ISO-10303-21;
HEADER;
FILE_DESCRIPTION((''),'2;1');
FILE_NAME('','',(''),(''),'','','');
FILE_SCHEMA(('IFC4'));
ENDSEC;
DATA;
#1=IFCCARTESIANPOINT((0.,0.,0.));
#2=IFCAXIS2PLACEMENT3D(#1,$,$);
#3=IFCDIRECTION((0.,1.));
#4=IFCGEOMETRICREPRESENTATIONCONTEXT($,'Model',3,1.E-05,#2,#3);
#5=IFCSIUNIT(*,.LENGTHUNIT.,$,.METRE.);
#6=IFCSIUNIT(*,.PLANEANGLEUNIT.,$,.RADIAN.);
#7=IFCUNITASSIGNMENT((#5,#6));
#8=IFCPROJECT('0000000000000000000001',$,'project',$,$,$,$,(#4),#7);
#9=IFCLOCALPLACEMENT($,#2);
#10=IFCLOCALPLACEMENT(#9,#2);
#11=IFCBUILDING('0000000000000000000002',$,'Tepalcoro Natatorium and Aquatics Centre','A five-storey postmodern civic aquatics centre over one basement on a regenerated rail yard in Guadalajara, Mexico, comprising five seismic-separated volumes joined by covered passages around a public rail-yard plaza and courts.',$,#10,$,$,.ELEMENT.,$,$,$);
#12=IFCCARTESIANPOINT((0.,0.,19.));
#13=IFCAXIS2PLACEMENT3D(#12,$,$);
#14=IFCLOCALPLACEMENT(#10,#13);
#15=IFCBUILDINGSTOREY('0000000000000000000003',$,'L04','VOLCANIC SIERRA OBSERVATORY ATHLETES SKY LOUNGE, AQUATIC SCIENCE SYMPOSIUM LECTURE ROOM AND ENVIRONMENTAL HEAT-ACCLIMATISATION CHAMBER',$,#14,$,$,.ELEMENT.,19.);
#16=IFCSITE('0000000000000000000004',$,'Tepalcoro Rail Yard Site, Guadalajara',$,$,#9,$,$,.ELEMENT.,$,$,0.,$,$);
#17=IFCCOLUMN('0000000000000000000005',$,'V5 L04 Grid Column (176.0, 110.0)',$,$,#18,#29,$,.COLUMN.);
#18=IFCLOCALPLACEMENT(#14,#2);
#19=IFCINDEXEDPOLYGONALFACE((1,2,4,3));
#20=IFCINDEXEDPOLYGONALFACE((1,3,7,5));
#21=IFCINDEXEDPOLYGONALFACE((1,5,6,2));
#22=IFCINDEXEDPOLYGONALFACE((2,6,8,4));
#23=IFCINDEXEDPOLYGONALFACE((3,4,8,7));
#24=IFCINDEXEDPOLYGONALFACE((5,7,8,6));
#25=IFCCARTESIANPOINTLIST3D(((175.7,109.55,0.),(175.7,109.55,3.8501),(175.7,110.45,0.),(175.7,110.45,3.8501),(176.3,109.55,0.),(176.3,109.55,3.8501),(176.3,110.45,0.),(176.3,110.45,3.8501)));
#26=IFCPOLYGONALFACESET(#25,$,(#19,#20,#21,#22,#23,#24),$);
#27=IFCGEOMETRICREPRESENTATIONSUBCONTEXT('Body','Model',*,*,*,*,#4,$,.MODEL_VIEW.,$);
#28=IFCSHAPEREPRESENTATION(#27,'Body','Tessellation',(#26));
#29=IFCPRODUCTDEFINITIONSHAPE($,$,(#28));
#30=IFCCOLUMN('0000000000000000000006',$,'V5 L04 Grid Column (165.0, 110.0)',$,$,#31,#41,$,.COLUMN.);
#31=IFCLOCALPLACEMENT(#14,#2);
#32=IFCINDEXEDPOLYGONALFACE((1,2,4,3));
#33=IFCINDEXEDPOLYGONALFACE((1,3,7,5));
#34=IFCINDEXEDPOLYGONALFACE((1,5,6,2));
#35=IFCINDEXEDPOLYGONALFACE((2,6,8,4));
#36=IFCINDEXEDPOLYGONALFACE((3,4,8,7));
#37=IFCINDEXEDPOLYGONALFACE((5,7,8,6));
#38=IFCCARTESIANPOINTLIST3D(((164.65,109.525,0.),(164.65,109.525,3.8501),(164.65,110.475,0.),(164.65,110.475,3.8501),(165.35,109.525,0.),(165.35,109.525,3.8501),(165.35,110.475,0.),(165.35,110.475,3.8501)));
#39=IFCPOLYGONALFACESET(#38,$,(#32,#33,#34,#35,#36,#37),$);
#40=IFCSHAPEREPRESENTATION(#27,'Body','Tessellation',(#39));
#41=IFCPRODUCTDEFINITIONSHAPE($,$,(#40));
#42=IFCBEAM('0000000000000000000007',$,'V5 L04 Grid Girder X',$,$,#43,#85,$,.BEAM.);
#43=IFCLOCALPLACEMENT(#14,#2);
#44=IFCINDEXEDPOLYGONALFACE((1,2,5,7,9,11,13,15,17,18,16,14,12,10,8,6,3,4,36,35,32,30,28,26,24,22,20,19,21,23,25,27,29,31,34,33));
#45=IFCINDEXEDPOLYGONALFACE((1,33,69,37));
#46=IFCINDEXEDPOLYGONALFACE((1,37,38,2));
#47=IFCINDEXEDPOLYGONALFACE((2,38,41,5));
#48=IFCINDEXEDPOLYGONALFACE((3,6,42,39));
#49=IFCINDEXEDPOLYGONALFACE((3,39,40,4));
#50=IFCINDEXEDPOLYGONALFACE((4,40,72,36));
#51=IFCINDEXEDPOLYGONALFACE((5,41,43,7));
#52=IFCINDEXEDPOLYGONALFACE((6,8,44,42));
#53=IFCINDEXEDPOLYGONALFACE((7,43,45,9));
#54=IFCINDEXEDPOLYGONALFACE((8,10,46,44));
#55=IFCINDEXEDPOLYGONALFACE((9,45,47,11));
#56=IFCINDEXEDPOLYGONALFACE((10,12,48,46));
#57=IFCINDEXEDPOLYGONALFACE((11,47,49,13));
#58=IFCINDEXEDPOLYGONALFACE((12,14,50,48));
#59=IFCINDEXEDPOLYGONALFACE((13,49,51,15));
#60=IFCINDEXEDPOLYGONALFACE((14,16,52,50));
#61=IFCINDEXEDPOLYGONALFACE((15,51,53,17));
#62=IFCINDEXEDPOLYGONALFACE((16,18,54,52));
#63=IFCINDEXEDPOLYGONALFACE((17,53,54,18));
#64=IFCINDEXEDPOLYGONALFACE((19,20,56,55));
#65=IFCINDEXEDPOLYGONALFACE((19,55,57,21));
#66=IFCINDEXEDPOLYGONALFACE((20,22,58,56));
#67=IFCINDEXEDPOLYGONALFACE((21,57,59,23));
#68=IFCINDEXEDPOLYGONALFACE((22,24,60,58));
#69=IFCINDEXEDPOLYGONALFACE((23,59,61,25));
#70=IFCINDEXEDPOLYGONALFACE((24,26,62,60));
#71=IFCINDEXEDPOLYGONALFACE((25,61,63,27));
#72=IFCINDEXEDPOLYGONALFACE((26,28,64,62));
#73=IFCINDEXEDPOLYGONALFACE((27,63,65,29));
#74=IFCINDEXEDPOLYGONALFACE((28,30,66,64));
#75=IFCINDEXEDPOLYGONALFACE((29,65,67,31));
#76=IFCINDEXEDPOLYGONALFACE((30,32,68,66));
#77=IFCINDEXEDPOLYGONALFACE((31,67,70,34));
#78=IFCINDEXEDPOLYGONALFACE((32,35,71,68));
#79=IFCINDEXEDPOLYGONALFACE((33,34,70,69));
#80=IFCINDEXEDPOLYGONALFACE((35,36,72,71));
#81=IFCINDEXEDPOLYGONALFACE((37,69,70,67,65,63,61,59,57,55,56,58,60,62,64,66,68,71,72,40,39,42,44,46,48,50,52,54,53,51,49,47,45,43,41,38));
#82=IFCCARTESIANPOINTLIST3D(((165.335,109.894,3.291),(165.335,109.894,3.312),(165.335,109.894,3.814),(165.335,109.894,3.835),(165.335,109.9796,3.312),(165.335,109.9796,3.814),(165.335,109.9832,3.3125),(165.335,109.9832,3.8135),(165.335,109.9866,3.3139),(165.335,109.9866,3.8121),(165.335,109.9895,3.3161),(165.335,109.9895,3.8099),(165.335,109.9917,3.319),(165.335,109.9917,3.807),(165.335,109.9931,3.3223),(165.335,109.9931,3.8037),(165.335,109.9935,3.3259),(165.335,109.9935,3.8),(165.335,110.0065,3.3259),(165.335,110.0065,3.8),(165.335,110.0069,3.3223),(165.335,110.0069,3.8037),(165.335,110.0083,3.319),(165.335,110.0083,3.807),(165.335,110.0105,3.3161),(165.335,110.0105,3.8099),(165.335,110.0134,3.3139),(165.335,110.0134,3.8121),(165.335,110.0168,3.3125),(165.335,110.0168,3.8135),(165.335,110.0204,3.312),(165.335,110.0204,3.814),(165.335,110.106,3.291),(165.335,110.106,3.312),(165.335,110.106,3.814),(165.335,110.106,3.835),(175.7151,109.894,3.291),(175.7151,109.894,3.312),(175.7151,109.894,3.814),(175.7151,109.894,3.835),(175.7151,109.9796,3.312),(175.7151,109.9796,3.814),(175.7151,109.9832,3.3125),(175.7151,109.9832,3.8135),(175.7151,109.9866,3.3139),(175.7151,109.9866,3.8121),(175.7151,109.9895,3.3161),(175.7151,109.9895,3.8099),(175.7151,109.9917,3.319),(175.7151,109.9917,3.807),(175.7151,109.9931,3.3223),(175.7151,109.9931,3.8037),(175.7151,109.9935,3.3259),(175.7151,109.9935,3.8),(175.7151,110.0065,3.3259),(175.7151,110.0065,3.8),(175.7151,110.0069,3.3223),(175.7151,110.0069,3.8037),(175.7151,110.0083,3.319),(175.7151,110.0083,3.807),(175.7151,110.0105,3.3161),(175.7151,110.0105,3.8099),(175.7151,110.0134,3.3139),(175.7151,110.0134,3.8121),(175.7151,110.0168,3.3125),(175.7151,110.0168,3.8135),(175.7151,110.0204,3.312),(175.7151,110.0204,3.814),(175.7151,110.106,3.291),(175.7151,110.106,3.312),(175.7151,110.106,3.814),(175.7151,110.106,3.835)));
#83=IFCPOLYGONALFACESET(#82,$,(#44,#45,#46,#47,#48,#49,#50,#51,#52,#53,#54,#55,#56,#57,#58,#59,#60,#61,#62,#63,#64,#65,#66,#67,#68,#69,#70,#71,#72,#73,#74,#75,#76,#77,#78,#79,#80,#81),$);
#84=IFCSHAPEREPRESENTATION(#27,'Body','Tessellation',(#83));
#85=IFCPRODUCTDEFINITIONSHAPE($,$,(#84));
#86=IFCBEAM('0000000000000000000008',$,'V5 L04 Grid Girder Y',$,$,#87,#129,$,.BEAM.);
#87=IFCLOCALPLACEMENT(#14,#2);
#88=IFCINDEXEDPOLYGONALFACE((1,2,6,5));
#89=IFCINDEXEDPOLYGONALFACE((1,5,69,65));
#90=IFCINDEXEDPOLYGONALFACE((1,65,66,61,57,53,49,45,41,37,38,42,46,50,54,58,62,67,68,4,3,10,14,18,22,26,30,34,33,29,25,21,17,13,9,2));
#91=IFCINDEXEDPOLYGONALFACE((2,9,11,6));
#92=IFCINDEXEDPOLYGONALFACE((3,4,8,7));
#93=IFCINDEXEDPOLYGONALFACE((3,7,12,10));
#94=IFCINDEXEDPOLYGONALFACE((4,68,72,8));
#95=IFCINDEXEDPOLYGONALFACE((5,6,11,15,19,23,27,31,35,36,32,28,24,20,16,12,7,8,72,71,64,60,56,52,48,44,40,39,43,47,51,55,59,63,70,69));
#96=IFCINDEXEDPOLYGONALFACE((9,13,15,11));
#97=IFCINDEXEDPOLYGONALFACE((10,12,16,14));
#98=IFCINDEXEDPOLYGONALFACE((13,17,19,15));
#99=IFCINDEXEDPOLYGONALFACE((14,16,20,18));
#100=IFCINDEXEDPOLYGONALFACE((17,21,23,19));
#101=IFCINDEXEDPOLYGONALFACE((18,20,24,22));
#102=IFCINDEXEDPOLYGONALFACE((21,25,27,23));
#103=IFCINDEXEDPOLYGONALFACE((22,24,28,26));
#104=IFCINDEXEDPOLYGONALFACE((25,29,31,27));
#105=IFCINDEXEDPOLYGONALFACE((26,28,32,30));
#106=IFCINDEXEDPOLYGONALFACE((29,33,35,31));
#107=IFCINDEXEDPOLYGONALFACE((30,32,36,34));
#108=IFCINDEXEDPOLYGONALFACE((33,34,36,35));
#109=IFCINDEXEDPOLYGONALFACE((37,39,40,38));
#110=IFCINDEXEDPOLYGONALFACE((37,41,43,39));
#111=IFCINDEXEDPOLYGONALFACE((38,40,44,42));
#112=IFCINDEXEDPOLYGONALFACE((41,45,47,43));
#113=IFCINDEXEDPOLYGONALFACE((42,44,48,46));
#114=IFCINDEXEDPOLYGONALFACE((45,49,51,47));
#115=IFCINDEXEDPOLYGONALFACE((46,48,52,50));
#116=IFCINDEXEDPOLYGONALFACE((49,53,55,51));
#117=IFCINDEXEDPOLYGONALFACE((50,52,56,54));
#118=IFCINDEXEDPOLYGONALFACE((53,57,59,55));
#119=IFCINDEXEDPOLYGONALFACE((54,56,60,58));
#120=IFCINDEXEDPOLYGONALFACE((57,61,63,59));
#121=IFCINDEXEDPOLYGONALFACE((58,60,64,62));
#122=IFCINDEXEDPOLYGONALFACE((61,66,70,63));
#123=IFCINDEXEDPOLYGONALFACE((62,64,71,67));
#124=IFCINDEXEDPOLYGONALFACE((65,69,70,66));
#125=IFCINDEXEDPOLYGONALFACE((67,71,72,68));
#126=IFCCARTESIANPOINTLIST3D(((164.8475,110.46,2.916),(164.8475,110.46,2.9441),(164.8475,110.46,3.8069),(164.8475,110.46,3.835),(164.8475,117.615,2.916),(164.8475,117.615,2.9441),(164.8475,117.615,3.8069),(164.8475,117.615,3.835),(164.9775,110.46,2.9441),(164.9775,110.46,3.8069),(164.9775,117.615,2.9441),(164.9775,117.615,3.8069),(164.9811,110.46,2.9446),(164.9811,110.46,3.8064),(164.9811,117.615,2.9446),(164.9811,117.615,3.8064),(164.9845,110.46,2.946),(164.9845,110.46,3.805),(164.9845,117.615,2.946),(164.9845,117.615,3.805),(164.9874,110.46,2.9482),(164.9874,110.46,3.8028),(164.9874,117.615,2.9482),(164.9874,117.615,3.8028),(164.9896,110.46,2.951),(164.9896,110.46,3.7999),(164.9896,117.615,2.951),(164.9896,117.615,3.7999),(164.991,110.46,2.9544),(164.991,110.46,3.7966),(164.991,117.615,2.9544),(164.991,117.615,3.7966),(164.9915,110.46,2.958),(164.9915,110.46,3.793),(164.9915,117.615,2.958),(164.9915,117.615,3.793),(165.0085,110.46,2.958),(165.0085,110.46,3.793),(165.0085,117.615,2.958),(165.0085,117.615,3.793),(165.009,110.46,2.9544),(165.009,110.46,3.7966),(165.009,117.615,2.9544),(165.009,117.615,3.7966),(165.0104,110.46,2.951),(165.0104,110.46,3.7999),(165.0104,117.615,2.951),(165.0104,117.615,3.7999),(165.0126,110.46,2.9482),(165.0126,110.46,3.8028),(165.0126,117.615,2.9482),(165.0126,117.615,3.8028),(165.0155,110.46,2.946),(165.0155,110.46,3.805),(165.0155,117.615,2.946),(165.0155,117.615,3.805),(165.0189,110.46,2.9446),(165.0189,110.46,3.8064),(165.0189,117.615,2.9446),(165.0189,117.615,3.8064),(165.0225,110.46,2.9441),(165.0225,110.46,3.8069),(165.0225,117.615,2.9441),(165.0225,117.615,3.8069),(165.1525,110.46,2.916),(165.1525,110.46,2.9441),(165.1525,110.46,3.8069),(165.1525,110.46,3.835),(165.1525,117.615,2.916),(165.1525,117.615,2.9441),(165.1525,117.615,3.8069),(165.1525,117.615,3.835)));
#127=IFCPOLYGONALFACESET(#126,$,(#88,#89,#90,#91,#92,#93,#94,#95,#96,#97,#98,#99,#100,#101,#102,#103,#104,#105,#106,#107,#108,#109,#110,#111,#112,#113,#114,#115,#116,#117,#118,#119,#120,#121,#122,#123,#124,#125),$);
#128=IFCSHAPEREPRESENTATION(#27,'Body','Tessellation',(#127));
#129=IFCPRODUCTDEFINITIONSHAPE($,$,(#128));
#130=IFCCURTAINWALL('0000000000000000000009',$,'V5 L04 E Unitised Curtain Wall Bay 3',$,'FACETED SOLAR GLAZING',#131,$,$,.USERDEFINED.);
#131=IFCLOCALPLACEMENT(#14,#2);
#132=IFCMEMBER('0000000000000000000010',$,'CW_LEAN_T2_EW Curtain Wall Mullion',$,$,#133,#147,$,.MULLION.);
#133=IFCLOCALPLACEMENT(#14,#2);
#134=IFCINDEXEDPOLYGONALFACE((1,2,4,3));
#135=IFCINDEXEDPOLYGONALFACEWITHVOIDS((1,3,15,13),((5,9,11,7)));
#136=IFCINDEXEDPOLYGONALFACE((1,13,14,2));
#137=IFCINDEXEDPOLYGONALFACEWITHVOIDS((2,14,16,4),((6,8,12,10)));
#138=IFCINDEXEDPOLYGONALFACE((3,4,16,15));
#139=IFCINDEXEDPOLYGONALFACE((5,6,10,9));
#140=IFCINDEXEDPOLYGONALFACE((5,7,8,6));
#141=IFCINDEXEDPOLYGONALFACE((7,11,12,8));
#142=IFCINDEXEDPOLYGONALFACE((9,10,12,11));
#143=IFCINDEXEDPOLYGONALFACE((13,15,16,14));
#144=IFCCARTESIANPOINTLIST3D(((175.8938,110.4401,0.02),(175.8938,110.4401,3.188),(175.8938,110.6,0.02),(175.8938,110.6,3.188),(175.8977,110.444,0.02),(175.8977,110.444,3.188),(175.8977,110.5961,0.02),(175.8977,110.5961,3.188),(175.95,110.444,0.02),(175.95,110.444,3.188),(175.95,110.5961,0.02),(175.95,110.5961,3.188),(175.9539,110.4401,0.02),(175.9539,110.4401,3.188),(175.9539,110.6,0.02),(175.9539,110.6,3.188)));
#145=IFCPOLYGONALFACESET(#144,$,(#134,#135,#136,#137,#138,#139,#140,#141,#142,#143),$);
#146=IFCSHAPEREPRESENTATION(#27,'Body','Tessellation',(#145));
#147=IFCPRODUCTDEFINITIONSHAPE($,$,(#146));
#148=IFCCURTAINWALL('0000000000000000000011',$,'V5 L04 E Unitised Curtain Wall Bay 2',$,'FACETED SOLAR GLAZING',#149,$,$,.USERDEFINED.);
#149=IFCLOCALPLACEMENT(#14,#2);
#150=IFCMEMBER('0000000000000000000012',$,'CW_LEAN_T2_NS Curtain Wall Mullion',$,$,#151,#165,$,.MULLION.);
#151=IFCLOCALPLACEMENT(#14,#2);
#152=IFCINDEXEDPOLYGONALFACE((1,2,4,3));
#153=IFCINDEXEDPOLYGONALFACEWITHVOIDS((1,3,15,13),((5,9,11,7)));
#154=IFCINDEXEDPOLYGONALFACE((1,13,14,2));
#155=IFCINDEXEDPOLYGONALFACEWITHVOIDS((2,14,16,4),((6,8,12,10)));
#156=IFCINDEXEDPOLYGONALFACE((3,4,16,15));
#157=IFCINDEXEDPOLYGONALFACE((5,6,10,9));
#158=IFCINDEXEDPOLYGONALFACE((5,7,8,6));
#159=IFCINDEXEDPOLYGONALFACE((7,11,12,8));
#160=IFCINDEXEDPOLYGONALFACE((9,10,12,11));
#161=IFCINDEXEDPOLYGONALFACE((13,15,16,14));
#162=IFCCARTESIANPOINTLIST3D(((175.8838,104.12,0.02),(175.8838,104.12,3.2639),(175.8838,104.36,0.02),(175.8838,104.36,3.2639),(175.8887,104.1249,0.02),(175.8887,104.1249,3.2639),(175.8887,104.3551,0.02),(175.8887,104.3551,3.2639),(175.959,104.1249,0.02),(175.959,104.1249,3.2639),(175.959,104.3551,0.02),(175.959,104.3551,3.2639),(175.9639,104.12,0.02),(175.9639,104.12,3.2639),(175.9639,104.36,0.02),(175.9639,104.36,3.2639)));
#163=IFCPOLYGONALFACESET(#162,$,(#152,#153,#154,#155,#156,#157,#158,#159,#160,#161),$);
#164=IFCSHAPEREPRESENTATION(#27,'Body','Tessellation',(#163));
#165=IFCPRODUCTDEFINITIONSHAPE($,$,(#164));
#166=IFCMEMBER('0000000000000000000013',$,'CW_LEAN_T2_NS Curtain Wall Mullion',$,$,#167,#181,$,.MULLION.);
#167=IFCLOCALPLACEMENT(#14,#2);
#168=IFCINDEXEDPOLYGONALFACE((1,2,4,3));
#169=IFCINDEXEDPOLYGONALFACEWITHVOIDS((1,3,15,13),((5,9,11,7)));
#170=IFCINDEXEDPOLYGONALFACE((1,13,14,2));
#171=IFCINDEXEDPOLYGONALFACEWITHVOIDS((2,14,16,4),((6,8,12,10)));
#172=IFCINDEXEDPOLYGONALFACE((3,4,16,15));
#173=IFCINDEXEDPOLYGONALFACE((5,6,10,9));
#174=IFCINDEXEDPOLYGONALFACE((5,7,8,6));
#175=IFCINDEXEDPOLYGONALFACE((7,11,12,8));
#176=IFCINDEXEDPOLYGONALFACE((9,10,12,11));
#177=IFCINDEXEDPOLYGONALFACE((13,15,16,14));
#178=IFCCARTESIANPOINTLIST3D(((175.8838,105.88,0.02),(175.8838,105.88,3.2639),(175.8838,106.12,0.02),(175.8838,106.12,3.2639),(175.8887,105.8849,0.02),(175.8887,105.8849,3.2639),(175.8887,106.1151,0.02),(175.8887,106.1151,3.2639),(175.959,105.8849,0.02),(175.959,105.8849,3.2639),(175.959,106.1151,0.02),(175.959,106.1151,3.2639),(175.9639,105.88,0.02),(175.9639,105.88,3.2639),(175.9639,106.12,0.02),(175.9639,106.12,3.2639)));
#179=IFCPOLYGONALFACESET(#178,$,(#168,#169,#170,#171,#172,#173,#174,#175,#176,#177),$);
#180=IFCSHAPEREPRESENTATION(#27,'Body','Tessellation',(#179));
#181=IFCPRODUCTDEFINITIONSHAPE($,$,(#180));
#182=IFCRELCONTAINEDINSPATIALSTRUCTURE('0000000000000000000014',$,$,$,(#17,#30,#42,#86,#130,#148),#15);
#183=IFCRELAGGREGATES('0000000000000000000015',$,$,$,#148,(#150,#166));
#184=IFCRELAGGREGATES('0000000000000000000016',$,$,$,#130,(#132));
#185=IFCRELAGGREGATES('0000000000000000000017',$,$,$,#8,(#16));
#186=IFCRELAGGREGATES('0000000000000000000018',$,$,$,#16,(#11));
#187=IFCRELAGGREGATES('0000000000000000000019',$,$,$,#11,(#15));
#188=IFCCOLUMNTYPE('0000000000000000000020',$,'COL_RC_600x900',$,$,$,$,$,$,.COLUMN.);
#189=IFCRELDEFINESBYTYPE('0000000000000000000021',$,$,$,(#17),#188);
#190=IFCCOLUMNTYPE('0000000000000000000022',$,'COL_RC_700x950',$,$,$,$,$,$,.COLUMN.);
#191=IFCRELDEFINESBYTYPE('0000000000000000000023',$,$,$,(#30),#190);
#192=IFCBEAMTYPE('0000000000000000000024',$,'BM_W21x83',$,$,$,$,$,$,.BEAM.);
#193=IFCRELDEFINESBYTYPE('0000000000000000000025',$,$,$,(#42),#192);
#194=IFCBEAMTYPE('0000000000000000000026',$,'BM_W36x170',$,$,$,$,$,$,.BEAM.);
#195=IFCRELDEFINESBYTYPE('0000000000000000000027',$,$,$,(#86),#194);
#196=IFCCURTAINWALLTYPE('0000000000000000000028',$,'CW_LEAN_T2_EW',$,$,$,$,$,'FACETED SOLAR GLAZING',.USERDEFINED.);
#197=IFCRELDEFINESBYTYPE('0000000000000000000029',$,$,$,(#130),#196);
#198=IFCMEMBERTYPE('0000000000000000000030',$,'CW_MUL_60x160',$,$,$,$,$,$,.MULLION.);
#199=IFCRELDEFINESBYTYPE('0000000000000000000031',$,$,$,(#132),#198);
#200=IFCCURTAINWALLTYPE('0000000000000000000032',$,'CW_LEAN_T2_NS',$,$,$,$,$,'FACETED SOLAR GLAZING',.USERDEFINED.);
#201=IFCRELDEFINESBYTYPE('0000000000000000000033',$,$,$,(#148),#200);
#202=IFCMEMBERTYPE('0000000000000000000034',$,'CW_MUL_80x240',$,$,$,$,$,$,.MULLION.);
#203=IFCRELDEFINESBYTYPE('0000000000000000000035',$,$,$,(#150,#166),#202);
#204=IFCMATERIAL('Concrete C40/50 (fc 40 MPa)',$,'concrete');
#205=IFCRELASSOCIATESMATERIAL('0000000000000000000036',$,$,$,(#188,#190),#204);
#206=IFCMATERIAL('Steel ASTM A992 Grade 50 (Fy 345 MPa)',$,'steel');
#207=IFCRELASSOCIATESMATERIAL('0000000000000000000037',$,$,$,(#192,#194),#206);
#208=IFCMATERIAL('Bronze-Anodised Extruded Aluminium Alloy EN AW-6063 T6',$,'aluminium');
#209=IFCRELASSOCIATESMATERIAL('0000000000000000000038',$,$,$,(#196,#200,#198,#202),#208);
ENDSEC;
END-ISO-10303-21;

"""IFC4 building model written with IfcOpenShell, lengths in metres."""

from ifc_helpers import new_model, si_unit, direction, frame, origin, origin_2d, place, context, subcontext, project, spatial, rectangle, hollow_rectangle, i_section, extrude, material, material_profile, profile_set, type_object, element, aggregate, save


model = new_model("IFC4")

# Units and contexts
model_context = context("Model", 3, precision=1e-05, world=origin(), true_north=direction((0.0, 1.0)))
body_context = subcontext(model_context, "Body", "Model", "MODEL_VIEW")
ifc_project = project(units=[si_unit("LENGTHUNIT", "METRE"), si_unit("PLANEANGLEUNIT", "RADIAN")], contexts=[model_context])

# Site, building, storey
site_placement = place(None, origin())
site = spatial("IfcSite", under=ifc_project, at=site_placement, Name="Tepalcoro Rail Yard Site, Guadalajara", CompositionType="ELEMENT", RefElevation=0.0)
building_placement = place(site_placement, origin())
building = spatial("IfcBuilding", under=site, at=building_placement, Name="Tepalcoro Natatorium and Aquatics Centre", Description="A five-storey postmodern civic aquatics centre over one basement on a regenerated rail yard in Guadalajara, Mexico, comprising five seismic-separated volumes joined by covered passages around a public rail-yard plaza and courts.", CompositionType="ELEMENT")
storey_placement = place(building_placement, frame((0.0, 0.0, 19.0)))
storey = spatial("IfcBuildingStorey", under=building, at=storey_placement, Name="L04", Description="VOLCANIC SIERRA OBSERVATORY ATHLETES SKY LOUNGE, AQUATIC SCIENCE SYMPOSIUM LECTURE ROOM AND ENVIRONMENTAL HEAT-ACCLIMATISATION CHAMBER", CompositionType="ELEMENT", Elevation=19.0)

# Columns
ifc_material_1 = material(Name="Concrete C40/50 (fc 40 MPa)", Category="concrete")
ifc_material_profile_1 = material_profile(ifc_material_1, rectangle(XDim=0.6001, YDim=0.8999, at=origin_2d()), Name="RC600x900")
ifc_profile_set_1 = profile_set([ifc_material_profile_1], Name="Concrete C40/50 (fc 40 MPa)")
column_type_1 = type_object("IfcColumnType", Name="COL_RC_600x900", PredefinedType="COLUMN", material=ifc_profile_set_1)
column_1_placement = place(storey_placement, frame((176.0, 110.0, 0.0), z_axis=(0.0, 0.0, 1.0), x_axis=(1.0, 0.0, 0.0)))
element("IfcColumn", 1, at=column_1_placement, inside=storey, type_object=column_type_1, Name="V5 L04 Grid Column (176.0, 110.0)", PredefinedType="COLUMN", context=body_context, shape_type="SweptSolid", body=[
    extrude(rectangle(XDim=0.6001, YDim=0.8999, at=origin_2d()), origin(), (0.0, 0.0, 1.0), 3.8501),
])
ifc_material_profile_2 = material_profile(ifc_material_1, rectangle(XDim=0.7, YDim=0.95, at=origin_2d()), Name="RC700x950")
ifc_profile_set_2 = profile_set([ifc_material_profile_2], Name="Concrete C40/50 (fc 40 MPa)")
column_type_2 = type_object("IfcColumnType", Name="COL_RC_700x950", PredefinedType="COLUMN", material=ifc_profile_set_2)
column_2_placement = place(storey_placement, frame((165.0, 110.0, 0.0), z_axis=(0.0, 0.0, 1.0), x_axis=(1.0, 0.0, 0.0)))
element("IfcColumn", 2, at=column_2_placement, inside=storey, type_object=column_type_2, Name="V5 L04 Grid Column (165.0, 110.0)", PredefinedType="COLUMN", context=body_context, shape_type="SweptSolid", body=[
    extrude(rectangle(XDim=0.7, YDim=0.95, at=origin_2d()), origin(), (0.0, 0.0, 1.0), 3.8501),
])

# Beams
ifc_material_2 = material(Name="Steel ASTM A992 Grade 50 (Fy 345 MPa)", Category="steel")
ifc_material_profile_3 = material_profile(ifc_material_2, i_section(OverallWidth=0.2119, OverallDepth=0.5439, WebThickness=0.0129, FlangeThickness=0.021, FilletRadius=0.0139, at=origin_2d()), Name="W21X83")
ifc_profile_set_3 = profile_set([ifc_material_profile_3], Name="Steel ASTM A992 Grade 50 (Fy 345 MPa)")
beam_type_1 = type_object("IfcBeamType", Name="BM_W21x83", PredefinedType="BEAM", material=ifc_profile_set_3)
beam_1_placement = place(storey_placement, frame((165.335, 110.0, 3.563), z_axis=(1.0, 0.0, 0.0), x_axis=(0.0, 1.0, 0.0)))
element("IfcBeam", 3, at=beam_1_placement, inside=storey, type_object=beam_type_1, Name="V5 L04 Grid Girder X", PredefinedType="BEAM", context=body_context, shape_type="SweptSolid", body=[
    extrude(i_section(OverallWidth=0.2119, OverallDepth=0.5439, WebThickness=0.0129, FlangeThickness=0.021, FilletRadius=0.0139, at=origin_2d()), origin(), (0.0, 0.0, 1.0), 10.3801),
])
ifc_material_profile_4 = material_profile(ifc_material_2, i_section(OverallWidth=0.3049, OverallDepth=0.9189, WebThickness=0.0171, FlangeThickness=0.0281, FilletRadius=0.0139, at=origin_2d()), Name="W36X170")
ifc_profile_set_4 = profile_set([ifc_material_profile_4], Name="Steel ASTM A992 Grade 50 (Fy 345 MPa)")
beam_type_2 = type_object("IfcBeamType", Name="BM_W36x170", PredefinedType="BEAM", material=ifc_profile_set_4)
beam_2_placement = place(storey_placement, frame((165.0, 110.46, 3.3755), z_axis=(0.0, 1.0, 0.0), x_axis=(-1.0, 0.0, 0.0)))
element("IfcBeam", 4, at=beam_2_placement, inside=storey, type_object=beam_type_2, Name="V5 L04 Grid Girder Y", PredefinedType="BEAM", context=body_context, shape_type="SweptSolid", body=[
    extrude(i_section(OverallWidth=0.3049, OverallDepth=0.9189, WebThickness=0.0171, FlangeThickness=0.0281, FilletRadius=0.0139, at=origin_2d()), origin(), (0.0, 0.0, 1.0), 7.155),
])

# Curtain wall, member
ifc_material_3 = material(Name="Bronze-Anodised Extruded Aluminium Alloy EN AW-6063 T6", Category="aluminium")
curtain_wall_type_1 = type_object("IfcCurtainWallType", Name="CW_LEAN_T2_EW", ElementType="FACETED SOLAR GLAZING", PredefinedType="USERDEFINED", material=ifc_material_3)
curtain_wall_1_placement = place(storey_placement, origin())
curtain_wall_1 = element("IfcCurtainWall", 5, at=curtain_wall_1_placement, inside=storey, type_object=curtain_wall_type_1, Name="V5 L04 E Unitised Curtain Wall Bay 3", ObjectType="FACETED SOLAR GLAZING", PredefinedType="USERDEFINED")
ifc_material_profile_5 = material_profile(ifc_material_3, hollow_rectangle(XDim=0.0601, YDim=0.1599, WallThickness=0.0039, at=origin_2d()), Name="AL60X160X4")
ifc_profile_set_5 = profile_set([ifc_material_profile_5], Name="Bronze-Anodised Extruded Aluminium Alloy EN AW-6063 T6")
member_type_1 = type_object("IfcMemberType", Name="CW_MUL_60x160", PredefinedType="MULLION", material=ifc_profile_set_5)
member_1_placement = place(storey_placement, frame((175.9238, 110.52, 0.02), z_axis=(0.0, 0.0, 1.0), x_axis=(1.0, 0.0, 0.0)))
member_1 = element("IfcMember", 6, at=member_1_placement, type_object=member_type_1, Name="CW_LEAN_T2_EW Curtain Wall Mullion", PredefinedType="MULLION", context=body_context, shape_type="SweptSolid", body=[
    extrude(hollow_rectangle(XDim=0.0601, YDim=0.1599, WallThickness=0.0039, at=origin_2d()), origin(), (0.0, 0.0, 1.0), 3.168),
])

# Curtain wall, members
curtain_wall_type_2 = type_object("IfcCurtainWallType", Name="CW_LEAN_T2_NS", ElementType="FACETED SOLAR GLAZING", PredefinedType="USERDEFINED", material=ifc_material_3)
curtain_wall_2_placement = place(storey_placement, origin())
curtain_wall_2 = element("IfcCurtainWall", 7, at=curtain_wall_2_placement, inside=storey, type_object=curtain_wall_type_2, Name="V5 L04 E Unitised Curtain Wall Bay 2", ObjectType="FACETED SOLAR GLAZING", PredefinedType="USERDEFINED")
ifc_material_profile_6 = material_profile(ifc_material_3, hollow_rectangle(XDim=0.0801, YDim=0.24, WallThickness=0.0049, at=origin_2d()), Name="AL80X240X5")
ifc_profile_set_6 = profile_set([ifc_material_profile_6], Name="Bronze-Anodised Extruded Aluminium Alloy EN AW-6063 T6")
member_type_2 = type_object("IfcMemberType", Name="CW_MUL_80x240", PredefinedType="MULLION", material=ifc_profile_set_6)
member_2_placement = place(storey_placement, frame((175.9238, 104.24, 0.02), z_axis=(0.0, 0.0, 1.0), x_axis=(1.0, 0.0, 0.0)))
member_2 = element("IfcMember", 8, at=member_2_placement, type_object=member_type_2, Name="CW_LEAN_T2_NS Curtain Wall Mullion", PredefinedType="MULLION", context=body_context, shape_type="SweptSolid", body=[
    extrude(hollow_rectangle(XDim=0.0801, YDim=0.24, WallThickness=0.0049, at=origin_2d()), origin(), (0.0, 0.0, 1.0), 3.2439),
])
member_3_placement = place(storey_placement, frame((175.9238, 106.0, 0.02), z_axis=(0.0, 0.0, 1.0), x_axis=(1.0, 0.0, 0.0)))
member_3 = element("IfcMember", 9, at=member_3_placement, type_object=member_type_2, Name="CW_LEAN_T2_NS Curtain Wall Mullion", PredefinedType="MULLION", context=body_context, shape_type="SweptSolid", body=[
    extrude(hollow_rectangle(XDim=0.0801, YDim=0.24, WallThickness=0.0049, at=origin_2d()), origin(), (0.0, 0.0, 1.0), 3.2439),
])

aggregate(curtain_wall_2, [member_2, member_3])
aggregate(curtain_wall_1, [member_1])

save(model, "model.ifc")
